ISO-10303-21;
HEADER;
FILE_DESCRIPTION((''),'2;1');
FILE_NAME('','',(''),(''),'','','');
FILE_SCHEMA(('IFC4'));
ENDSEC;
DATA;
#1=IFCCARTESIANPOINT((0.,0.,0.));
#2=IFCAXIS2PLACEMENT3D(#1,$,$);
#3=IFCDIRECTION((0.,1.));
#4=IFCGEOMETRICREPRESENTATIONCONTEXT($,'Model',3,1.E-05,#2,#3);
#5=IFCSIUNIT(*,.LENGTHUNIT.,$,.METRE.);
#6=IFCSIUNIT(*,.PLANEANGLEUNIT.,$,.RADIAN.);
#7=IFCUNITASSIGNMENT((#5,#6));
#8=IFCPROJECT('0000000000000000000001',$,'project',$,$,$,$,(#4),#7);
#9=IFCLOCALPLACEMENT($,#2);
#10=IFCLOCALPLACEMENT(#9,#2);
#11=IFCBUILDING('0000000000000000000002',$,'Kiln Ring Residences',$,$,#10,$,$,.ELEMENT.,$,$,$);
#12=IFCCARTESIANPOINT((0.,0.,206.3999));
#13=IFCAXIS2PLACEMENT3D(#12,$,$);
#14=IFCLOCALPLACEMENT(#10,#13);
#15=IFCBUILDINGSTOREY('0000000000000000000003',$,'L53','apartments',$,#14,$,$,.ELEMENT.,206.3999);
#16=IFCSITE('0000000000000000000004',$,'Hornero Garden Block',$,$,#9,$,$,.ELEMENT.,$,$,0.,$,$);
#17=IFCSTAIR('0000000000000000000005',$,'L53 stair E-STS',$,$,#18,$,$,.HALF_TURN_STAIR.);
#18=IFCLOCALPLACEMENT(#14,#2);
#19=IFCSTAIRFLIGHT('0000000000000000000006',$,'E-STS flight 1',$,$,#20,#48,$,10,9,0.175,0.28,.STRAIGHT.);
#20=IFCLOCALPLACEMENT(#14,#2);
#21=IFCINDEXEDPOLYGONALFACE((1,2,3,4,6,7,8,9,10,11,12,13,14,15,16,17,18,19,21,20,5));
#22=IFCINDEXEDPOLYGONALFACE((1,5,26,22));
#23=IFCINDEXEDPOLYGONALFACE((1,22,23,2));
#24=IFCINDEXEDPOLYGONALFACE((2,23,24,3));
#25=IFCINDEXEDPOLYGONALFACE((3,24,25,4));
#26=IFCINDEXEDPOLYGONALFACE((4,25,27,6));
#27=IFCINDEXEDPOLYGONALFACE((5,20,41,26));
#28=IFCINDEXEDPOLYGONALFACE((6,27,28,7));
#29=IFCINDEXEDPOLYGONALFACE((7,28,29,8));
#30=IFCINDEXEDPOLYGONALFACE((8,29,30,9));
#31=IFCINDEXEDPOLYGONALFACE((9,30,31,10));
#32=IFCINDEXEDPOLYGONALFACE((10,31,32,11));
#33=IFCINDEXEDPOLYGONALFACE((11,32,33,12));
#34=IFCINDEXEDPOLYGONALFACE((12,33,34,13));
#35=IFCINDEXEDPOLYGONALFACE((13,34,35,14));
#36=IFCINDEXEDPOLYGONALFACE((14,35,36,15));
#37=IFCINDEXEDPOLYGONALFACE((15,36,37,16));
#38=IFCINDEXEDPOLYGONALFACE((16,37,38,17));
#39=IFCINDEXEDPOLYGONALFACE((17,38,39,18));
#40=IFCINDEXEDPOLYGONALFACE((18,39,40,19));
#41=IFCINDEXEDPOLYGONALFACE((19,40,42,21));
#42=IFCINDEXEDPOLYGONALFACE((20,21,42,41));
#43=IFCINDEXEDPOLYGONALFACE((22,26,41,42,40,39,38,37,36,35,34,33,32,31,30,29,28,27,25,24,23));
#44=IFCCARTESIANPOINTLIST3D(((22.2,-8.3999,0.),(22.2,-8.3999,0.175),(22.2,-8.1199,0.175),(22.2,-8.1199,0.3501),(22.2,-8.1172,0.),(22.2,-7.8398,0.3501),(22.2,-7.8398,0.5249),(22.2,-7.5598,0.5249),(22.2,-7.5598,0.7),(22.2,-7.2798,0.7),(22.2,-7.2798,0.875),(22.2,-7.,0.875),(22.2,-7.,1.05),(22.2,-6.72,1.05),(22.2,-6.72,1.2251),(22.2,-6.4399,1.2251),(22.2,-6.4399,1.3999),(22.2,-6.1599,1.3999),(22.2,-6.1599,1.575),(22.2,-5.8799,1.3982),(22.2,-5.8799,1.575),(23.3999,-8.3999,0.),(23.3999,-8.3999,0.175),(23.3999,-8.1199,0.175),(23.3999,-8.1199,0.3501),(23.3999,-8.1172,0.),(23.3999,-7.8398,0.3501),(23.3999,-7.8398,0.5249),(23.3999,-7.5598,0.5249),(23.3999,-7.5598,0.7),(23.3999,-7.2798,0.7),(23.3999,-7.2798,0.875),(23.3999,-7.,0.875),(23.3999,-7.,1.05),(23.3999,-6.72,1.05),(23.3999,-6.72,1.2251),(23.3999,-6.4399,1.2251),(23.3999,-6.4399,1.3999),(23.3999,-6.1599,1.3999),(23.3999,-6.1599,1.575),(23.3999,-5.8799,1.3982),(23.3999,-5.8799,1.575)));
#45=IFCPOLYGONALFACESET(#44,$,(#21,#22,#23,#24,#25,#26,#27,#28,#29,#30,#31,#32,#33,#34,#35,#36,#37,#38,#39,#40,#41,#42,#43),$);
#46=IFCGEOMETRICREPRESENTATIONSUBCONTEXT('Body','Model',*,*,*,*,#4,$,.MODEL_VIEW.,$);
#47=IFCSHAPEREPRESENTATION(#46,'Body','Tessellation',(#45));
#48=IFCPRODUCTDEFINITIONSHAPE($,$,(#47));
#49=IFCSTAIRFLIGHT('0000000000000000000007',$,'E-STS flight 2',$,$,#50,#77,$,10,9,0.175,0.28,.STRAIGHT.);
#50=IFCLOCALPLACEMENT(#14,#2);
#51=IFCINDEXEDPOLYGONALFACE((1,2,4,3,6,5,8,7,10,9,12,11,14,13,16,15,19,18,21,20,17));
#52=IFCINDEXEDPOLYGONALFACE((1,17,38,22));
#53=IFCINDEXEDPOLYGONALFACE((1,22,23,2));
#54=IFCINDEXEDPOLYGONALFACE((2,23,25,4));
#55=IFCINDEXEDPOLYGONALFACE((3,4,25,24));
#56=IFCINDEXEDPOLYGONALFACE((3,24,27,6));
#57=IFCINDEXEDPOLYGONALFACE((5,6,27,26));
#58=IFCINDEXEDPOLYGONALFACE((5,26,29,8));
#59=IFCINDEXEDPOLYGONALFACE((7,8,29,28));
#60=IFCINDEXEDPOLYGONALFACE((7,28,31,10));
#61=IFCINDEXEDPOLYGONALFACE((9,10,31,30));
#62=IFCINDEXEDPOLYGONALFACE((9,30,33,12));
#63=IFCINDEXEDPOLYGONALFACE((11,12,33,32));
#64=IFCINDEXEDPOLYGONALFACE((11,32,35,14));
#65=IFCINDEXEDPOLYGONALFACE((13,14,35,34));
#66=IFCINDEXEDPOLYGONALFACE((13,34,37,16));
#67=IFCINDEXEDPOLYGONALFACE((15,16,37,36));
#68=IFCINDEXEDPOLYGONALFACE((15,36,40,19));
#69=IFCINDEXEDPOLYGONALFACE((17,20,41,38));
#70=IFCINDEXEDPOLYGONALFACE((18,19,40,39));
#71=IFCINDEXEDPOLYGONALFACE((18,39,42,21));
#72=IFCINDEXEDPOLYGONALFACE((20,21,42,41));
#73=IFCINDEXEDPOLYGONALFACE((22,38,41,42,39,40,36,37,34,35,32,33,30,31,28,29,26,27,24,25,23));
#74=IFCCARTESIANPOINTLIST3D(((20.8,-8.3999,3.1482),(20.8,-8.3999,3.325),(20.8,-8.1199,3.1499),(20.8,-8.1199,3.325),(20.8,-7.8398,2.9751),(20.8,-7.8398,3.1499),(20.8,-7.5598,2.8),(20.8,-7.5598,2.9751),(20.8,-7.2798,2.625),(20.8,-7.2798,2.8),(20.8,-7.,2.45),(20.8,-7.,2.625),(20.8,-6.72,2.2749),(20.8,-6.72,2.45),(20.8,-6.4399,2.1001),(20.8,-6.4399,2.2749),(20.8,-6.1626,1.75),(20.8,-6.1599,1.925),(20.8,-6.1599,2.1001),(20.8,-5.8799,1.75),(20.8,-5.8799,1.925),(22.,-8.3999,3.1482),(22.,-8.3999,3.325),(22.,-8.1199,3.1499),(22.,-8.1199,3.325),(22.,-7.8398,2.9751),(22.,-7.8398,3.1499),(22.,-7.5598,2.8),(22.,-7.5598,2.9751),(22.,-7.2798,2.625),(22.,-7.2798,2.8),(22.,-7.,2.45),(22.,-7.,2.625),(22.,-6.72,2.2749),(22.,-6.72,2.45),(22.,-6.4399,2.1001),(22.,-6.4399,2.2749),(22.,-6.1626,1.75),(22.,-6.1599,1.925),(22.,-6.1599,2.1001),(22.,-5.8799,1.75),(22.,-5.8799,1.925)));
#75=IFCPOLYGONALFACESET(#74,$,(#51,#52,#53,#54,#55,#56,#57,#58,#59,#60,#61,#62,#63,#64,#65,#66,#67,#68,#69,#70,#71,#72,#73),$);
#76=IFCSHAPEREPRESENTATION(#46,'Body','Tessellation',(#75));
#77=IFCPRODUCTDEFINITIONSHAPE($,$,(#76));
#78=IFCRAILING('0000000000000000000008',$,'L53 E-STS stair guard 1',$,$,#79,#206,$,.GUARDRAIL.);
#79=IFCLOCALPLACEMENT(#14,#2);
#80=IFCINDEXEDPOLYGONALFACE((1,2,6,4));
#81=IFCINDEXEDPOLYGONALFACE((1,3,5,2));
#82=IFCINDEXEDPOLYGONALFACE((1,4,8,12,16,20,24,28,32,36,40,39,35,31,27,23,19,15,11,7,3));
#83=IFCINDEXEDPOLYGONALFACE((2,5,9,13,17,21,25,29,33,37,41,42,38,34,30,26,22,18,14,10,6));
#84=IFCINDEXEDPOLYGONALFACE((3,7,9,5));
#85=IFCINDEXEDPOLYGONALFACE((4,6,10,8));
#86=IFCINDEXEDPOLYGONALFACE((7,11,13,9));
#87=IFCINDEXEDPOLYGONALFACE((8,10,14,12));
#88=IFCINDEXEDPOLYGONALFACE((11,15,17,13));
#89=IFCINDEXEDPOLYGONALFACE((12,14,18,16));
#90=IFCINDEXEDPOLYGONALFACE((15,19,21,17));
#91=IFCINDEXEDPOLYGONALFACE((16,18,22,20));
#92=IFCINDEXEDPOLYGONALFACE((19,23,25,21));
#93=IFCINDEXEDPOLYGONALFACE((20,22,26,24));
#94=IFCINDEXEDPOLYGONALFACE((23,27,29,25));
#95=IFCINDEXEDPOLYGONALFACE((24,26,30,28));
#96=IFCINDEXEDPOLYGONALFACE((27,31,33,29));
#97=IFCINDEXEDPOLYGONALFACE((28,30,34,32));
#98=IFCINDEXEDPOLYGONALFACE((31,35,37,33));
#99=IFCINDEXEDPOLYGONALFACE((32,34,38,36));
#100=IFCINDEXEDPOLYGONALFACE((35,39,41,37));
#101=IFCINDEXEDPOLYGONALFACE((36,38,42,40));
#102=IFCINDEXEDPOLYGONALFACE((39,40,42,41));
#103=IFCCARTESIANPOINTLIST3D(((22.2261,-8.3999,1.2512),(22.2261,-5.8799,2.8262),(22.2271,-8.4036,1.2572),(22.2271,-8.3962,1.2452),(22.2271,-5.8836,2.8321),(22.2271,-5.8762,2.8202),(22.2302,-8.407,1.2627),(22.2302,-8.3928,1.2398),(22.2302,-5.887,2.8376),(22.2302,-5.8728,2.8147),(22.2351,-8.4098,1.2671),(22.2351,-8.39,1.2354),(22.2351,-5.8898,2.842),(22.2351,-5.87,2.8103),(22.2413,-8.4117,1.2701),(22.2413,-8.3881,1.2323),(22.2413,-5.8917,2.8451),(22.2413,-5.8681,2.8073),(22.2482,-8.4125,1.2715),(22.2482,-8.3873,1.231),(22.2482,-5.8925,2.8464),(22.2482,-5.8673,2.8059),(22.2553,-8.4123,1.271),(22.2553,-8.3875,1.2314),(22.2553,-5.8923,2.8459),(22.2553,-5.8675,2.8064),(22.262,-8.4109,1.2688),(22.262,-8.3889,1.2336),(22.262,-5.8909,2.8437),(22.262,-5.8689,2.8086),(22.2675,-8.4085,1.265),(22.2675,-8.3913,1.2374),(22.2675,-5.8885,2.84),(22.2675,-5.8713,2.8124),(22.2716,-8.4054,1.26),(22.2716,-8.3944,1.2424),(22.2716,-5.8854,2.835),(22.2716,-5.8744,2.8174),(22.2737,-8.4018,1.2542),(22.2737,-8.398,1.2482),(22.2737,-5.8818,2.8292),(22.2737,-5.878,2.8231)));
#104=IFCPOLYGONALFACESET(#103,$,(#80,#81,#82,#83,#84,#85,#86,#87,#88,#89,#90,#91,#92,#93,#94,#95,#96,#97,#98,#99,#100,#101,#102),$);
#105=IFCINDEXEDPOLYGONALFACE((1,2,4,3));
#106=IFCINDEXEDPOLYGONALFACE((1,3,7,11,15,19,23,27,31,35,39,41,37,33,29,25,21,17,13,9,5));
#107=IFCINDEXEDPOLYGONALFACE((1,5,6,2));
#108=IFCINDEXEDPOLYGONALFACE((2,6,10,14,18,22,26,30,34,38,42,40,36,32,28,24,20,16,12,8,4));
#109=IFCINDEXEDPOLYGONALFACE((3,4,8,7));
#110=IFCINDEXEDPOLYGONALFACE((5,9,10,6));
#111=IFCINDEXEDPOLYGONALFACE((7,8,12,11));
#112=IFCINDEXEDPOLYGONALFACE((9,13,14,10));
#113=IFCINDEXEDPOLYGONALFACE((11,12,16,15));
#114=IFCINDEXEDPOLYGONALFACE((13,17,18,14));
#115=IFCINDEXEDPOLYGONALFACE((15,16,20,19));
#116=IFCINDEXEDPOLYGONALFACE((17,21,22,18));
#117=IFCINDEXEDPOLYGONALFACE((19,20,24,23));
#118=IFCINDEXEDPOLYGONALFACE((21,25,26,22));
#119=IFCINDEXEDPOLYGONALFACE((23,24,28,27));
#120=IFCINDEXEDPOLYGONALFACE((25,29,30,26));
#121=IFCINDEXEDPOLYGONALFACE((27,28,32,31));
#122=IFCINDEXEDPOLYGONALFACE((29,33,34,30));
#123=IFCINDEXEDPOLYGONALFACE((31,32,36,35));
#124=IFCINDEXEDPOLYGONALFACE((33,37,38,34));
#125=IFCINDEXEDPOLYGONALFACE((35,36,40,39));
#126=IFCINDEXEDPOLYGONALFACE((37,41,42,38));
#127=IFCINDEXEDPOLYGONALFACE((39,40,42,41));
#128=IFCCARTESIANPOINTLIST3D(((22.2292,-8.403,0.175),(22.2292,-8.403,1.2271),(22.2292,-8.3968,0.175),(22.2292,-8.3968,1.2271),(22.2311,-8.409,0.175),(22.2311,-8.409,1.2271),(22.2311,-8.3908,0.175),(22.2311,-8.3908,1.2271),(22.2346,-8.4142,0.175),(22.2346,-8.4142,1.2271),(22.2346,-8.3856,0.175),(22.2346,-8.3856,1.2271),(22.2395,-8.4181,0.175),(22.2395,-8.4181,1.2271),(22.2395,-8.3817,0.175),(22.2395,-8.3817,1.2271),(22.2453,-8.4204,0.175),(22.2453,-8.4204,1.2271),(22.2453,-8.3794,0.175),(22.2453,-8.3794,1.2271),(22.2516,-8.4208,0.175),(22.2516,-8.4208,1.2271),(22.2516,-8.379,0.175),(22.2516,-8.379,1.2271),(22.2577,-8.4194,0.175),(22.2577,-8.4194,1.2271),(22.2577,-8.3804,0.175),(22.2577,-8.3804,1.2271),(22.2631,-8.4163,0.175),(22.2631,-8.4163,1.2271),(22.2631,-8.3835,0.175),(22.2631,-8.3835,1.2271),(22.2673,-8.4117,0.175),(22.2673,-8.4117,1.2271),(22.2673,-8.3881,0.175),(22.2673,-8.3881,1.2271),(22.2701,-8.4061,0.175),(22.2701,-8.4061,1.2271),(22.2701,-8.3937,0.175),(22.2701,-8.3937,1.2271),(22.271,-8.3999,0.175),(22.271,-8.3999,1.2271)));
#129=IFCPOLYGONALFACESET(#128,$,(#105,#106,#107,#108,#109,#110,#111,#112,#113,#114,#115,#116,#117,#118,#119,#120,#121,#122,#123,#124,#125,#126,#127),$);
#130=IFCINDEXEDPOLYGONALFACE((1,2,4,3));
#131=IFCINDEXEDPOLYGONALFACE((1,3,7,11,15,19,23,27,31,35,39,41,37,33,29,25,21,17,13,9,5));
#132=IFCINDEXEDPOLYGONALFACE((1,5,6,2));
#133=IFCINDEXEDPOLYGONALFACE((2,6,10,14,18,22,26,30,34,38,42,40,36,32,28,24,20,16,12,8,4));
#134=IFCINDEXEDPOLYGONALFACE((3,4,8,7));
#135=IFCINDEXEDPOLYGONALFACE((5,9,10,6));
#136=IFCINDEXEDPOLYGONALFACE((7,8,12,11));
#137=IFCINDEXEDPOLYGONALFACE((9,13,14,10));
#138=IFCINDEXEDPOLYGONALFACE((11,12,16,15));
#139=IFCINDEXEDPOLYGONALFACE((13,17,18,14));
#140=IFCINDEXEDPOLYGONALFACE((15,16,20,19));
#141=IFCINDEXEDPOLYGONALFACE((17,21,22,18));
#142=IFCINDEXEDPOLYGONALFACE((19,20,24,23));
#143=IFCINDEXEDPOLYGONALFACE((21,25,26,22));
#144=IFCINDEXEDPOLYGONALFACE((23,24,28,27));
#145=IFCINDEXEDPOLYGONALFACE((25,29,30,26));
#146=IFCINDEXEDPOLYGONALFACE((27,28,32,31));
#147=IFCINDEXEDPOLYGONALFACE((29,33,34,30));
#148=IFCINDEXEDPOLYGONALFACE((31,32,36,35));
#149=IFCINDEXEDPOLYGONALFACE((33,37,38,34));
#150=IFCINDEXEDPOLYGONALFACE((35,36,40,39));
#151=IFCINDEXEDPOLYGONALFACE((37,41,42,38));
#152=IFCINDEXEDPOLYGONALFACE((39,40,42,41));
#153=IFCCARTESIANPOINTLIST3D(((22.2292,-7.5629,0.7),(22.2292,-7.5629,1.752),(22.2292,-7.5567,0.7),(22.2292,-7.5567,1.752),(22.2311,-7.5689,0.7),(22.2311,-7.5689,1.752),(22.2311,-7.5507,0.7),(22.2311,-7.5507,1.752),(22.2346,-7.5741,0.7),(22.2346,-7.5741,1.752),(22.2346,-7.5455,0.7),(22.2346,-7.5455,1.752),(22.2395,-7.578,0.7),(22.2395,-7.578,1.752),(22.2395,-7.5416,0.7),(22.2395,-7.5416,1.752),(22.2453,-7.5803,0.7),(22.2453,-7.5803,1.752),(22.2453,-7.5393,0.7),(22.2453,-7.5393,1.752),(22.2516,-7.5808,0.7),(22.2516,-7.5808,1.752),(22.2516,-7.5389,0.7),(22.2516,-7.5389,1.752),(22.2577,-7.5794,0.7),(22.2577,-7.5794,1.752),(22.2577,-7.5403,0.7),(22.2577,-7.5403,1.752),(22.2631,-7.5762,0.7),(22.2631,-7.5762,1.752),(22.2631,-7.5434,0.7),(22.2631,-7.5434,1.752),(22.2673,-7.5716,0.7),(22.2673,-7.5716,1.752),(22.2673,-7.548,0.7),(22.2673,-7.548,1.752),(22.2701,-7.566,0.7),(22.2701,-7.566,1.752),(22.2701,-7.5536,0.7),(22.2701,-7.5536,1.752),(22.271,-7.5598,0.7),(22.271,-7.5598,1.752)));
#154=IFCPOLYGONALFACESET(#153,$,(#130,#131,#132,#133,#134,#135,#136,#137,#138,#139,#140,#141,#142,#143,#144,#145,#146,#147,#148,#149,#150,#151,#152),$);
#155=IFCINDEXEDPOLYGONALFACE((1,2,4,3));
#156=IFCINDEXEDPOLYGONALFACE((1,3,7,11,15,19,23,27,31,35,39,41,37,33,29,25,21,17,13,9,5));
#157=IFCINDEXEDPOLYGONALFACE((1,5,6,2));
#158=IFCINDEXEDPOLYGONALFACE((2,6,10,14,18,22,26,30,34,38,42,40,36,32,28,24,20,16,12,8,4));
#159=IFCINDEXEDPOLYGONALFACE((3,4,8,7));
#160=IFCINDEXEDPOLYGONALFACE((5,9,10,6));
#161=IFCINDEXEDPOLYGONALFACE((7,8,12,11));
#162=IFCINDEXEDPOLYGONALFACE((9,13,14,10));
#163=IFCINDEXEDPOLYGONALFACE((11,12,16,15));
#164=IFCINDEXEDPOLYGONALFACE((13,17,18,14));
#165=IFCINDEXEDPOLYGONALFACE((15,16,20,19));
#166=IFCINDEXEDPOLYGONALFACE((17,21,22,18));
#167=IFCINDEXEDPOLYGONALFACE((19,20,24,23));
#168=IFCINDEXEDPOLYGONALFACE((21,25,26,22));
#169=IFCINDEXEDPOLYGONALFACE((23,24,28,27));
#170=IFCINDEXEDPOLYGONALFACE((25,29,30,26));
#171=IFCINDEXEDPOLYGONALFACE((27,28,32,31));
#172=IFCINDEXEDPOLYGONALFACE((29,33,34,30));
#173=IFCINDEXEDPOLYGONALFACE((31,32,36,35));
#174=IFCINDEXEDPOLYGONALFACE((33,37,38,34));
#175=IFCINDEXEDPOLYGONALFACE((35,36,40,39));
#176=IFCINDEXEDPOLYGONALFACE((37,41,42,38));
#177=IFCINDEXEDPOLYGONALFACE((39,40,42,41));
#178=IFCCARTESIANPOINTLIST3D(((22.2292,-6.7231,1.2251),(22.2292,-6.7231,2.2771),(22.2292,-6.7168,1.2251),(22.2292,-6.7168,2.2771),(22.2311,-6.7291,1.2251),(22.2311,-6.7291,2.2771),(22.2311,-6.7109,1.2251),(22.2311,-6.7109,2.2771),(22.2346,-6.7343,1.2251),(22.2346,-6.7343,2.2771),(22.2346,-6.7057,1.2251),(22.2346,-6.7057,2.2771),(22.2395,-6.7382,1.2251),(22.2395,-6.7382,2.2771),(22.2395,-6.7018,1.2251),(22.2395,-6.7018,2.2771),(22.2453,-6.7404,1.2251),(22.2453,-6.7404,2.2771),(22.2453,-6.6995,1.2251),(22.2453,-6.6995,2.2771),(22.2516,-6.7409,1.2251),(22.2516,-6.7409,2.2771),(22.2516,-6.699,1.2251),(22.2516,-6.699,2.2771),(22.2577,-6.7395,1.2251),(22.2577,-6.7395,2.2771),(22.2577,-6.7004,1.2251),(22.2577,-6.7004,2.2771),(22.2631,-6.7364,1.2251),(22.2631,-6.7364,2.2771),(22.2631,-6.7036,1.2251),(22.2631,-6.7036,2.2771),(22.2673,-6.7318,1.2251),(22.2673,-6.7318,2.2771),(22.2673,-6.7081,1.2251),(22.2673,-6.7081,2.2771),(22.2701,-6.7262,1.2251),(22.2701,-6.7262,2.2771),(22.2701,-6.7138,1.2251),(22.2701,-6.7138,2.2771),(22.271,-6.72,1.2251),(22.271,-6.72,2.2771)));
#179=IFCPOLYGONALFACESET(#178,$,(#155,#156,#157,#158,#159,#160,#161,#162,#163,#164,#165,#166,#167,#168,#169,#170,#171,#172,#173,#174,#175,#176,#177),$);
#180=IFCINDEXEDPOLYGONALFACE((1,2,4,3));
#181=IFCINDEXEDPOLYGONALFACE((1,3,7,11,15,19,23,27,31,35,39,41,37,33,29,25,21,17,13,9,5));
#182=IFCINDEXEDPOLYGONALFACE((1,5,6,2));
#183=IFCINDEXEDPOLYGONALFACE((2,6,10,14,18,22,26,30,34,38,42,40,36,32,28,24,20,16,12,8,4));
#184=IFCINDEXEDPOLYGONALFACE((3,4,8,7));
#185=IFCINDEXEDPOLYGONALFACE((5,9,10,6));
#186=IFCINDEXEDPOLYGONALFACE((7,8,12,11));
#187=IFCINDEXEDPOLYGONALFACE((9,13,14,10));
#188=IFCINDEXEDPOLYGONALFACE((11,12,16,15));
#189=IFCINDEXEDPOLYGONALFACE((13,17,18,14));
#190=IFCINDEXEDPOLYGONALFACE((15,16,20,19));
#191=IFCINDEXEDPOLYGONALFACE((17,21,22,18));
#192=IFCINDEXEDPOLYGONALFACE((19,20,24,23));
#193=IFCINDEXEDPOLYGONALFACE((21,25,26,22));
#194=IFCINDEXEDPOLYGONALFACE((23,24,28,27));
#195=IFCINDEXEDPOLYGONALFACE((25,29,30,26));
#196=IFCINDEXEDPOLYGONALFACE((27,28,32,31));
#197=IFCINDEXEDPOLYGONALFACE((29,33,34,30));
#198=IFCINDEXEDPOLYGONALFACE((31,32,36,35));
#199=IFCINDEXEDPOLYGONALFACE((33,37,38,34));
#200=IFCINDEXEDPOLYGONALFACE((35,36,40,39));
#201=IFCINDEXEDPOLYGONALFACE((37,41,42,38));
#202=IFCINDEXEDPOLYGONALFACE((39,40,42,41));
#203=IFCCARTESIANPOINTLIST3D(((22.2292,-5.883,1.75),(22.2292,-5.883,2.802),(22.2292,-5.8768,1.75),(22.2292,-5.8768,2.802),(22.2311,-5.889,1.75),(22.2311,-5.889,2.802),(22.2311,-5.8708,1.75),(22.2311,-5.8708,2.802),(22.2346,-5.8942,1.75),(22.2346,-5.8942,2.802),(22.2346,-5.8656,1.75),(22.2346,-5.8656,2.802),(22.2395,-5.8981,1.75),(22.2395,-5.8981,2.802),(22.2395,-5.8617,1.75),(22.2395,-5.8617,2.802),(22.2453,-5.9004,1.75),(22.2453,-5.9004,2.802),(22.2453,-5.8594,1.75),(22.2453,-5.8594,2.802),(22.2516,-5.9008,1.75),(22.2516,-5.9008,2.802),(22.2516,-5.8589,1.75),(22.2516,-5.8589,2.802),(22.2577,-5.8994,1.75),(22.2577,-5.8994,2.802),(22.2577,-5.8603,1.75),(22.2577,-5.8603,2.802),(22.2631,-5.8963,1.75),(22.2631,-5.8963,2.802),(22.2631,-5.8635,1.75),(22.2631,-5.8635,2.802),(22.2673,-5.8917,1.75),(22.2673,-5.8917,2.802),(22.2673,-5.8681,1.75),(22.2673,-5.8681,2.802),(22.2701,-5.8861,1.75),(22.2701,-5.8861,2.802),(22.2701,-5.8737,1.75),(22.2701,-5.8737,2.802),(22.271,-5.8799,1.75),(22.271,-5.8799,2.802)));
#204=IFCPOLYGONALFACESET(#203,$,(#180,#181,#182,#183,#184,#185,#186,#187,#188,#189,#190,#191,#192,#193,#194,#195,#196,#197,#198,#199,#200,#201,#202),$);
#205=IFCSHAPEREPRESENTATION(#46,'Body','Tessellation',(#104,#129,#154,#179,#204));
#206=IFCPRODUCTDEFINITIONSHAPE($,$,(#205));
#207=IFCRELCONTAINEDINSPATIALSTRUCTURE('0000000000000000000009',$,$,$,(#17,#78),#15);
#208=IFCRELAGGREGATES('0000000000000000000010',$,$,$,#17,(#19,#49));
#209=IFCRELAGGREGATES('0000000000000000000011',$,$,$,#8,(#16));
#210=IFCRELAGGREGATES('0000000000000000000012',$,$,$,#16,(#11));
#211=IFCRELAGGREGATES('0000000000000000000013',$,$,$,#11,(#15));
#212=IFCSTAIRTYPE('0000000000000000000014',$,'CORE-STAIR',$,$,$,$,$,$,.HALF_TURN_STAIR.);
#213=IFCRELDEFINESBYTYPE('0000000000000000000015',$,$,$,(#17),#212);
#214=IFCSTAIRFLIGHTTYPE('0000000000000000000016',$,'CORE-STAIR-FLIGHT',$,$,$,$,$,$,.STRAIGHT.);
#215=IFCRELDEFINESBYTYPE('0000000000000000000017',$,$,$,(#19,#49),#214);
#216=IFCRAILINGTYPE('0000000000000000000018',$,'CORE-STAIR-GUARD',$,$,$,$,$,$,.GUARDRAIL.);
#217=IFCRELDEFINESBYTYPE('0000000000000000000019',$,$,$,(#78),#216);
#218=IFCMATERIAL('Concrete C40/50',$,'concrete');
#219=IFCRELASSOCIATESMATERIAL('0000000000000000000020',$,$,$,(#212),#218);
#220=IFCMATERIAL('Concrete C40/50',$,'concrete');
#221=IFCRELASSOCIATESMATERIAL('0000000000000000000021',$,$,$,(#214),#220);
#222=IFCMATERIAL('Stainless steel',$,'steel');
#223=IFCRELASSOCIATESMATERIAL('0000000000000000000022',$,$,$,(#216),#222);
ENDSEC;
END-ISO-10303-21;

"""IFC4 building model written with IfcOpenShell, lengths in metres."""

from ifc_helpers import new_model, si_unit, direction, frame, origin, origin_2d, place, context, subcontext, project, spatial, polyline, circle, outline, extrude, material, type_object, element, aggregate, save


model = new_model("IFC4")

# Units and contexts
model_context = context("Model", 3, precision=1e-05, world=origin(), true_north=direction((0.0, 1.0)))
body_context = subcontext(model_context, "Body", "Model", "MODEL_VIEW")
ifc_project = project(units=[si_unit("LENGTHUNIT", "METRE"), si_unit("PLANEANGLEUNIT", "RADIAN")], contexts=[model_context])

# Site, building, storey
site_placement = place(None, origin())
site = spatial("IfcSite", under=ifc_project, at=site_placement, Name="Hornero Garden Block", CompositionType="ELEMENT", RefElevation=0.0)
building_placement = place(site_placement, origin())
building = spatial("IfcBuilding", under=site, at=building_placement, Name="Kiln Ring Residences", CompositionType="ELEMENT")
storey_placement = place(building_placement, frame((0.0, 0.0, 206.3999)))
storey = spatial("IfcBuildingStorey", under=building, at=storey_placement, Name="L53", Description="apartments", CompositionType="ELEMENT", Elevation=206.3999)

# Stair, stair flights
ifc_material_1 = material(Name="Concrete C40/50", Category="concrete")
stair_type = type_object("IfcStairType", Name="CORE-STAIR", PredefinedType="HALF_TURN_STAIR", material=ifc_material_1)
stair_placement = place(storey_placement, origin())
stair = element("IfcStair", 1, at=stair_placement, inside=storey, type_object=stair_type, Name="L53 stair E-STS", PredefinedType="HALF_TURN_STAIR")
ifc_material_2 = material(Name="Concrete C40/50", Category="concrete")
stair_flight_type = type_object("IfcStairFlightType", Name="CORE-STAIR-FLIGHT", PredefinedType="STRAIGHT", material=ifc_material_2)
stair_flight_1_placement = place(storey_placement, frame((22.8, -8.3999, 0.0), z_axis=(0.0, 0.0, 1.0), x_axis=(0.0, 1.0, 0.0)))
stair_flight_1 = element("IfcStairFlight", 2, at=stair_flight_1_placement, type_object=stair_flight_type, Name="E-STS flight 1", NumberOfRisers=10, NumberOfTreads=9, PredefinedType="STRAIGHT", RiserHeight=0.175, TreadLength=0.28, context=body_context, shape_type="SweptSolid", body=[
    extrude(outline(polyline([(0.0, 0.0), (0.0, 0.175), (0.28, 0.175), (0.28, 0.3501), (0.5601, 0.3501), (0.5601, 0.5249), (0.8401, 0.5249), (0.8401, 0.7), (1.1201, 0.7), (1.1201, 0.875), (1.3999, 0.875), (1.3999, 1.05), (1.6799, 1.05), (1.6799, 1.2251), (1.96, 1.2251), (1.96, 1.3999), (2.24, 1.3999), (2.24, 1.575), (2.52, 1.575), (2.52, 1.75), (2.52, 1.3982), (0.2827, 0.0), (0.0, 0.0)])), frame((0.0, 0.6001, 0.0), z_axis=(0.0, -1.0, 0.0), x_axis=(1.0, 0.0, 0.0)), (0.0, 0.0, 1.0), 1.2),
])
stair_flight_2_placement = place(storey_placement, frame((21.3999, -5.8799, 1.75), z_axis=(0.0, 0.0, 1.0), x_axis=(0.0, -1.0, 0.0)))
stair_flight_2 = element("IfcStairFlight", 3, at=stair_flight_2_placement, type_object=stair_flight_type, Name="E-STS flight 2", NumberOfRisers=10, NumberOfTreads=9, PredefinedType="STRAIGHT", RiserHeight=0.175, TreadLength=0.28, context=body_context, shape_type="SweptSolid", body=[
    extrude(outline(polyline([(0.0, 0.0), (0.0, 0.175), (0.28, 0.175), (0.28, 0.3501), (0.5601, 0.3501), (0.5601, 0.5249), (0.8401, 0.5249), (0.8401, 0.7), (1.1201, 0.7), (1.1201, 0.875), (1.3999, 0.875), (1.3999, 1.05), (1.6799, 1.05), (1.6799, 1.2251), (1.96, 1.2251), (1.96, 1.3999), (2.24, 1.3999), (2.24, 1.575), (2.52, 1.575), (2.52, 1.75), (2.52, 1.3982), (0.2827, 0.0), (0.0, 0.0)])), frame((0.0, 0.6001, 0.0), z_axis=(0.0, -1.0, 0.0), x_axis=(1.0, 0.0, 0.0)), (0.0, 0.0, 1.0), 1.2),
])
aggregate(stair, [stair_flight_1, stair_flight_2])

# Railing
ifc_material_3 = material(Name="Stainless steel", Category="steel")
railing_type_1 = type_object("IfcRailingType", Name="CORE-STAIR-GUARD", PredefinedType="GUARDRAIL", material=ifc_material_3)
railing_1_placement = place(storey_placement, frame((22.25, -8.3999, 0.175)))
element("IfcRailing", 4, at=railing_1_placement, inside=storey, type_object=railing_type_1, Name="L53 E-STS stair guard 1", PredefinedType="GUARDRAIL", context=body_context, shape_type="SweptSolid", body=[
    extrude(circle(Radius=0.0239, at=origin_2d()), frame((0.0, 0.0, 1.0762), z_axis=(0.0, 0.848008, 0.529984), x_axis=(-1.0, 0.0, 0.0)), (0.0, 0.0, 1.0), 2.9717),
    extrude(circle(Radius=0.021, at=origin_2d()), origin(), (0.0, 0.0, 1.0), 1.052),
    extrude(circle(Radius=0.021, at=origin_2d()), frame((0.0, 0.8401, 0.5249)), (0.0, 0.0, 1.0), 1.052),
    extrude(circle(Radius=0.021, at=origin_2d()), frame((0.0, 1.6799, 1.05)), (0.0, 0.0, 1.0), 1.052),
    extrude(circle(Radius=0.021, at=origin_2d()), frame((0.0, 2.52, 1.575)), (0.0, 0.0, 1.0), 1.052),
])

save(model, "model.ifc")
